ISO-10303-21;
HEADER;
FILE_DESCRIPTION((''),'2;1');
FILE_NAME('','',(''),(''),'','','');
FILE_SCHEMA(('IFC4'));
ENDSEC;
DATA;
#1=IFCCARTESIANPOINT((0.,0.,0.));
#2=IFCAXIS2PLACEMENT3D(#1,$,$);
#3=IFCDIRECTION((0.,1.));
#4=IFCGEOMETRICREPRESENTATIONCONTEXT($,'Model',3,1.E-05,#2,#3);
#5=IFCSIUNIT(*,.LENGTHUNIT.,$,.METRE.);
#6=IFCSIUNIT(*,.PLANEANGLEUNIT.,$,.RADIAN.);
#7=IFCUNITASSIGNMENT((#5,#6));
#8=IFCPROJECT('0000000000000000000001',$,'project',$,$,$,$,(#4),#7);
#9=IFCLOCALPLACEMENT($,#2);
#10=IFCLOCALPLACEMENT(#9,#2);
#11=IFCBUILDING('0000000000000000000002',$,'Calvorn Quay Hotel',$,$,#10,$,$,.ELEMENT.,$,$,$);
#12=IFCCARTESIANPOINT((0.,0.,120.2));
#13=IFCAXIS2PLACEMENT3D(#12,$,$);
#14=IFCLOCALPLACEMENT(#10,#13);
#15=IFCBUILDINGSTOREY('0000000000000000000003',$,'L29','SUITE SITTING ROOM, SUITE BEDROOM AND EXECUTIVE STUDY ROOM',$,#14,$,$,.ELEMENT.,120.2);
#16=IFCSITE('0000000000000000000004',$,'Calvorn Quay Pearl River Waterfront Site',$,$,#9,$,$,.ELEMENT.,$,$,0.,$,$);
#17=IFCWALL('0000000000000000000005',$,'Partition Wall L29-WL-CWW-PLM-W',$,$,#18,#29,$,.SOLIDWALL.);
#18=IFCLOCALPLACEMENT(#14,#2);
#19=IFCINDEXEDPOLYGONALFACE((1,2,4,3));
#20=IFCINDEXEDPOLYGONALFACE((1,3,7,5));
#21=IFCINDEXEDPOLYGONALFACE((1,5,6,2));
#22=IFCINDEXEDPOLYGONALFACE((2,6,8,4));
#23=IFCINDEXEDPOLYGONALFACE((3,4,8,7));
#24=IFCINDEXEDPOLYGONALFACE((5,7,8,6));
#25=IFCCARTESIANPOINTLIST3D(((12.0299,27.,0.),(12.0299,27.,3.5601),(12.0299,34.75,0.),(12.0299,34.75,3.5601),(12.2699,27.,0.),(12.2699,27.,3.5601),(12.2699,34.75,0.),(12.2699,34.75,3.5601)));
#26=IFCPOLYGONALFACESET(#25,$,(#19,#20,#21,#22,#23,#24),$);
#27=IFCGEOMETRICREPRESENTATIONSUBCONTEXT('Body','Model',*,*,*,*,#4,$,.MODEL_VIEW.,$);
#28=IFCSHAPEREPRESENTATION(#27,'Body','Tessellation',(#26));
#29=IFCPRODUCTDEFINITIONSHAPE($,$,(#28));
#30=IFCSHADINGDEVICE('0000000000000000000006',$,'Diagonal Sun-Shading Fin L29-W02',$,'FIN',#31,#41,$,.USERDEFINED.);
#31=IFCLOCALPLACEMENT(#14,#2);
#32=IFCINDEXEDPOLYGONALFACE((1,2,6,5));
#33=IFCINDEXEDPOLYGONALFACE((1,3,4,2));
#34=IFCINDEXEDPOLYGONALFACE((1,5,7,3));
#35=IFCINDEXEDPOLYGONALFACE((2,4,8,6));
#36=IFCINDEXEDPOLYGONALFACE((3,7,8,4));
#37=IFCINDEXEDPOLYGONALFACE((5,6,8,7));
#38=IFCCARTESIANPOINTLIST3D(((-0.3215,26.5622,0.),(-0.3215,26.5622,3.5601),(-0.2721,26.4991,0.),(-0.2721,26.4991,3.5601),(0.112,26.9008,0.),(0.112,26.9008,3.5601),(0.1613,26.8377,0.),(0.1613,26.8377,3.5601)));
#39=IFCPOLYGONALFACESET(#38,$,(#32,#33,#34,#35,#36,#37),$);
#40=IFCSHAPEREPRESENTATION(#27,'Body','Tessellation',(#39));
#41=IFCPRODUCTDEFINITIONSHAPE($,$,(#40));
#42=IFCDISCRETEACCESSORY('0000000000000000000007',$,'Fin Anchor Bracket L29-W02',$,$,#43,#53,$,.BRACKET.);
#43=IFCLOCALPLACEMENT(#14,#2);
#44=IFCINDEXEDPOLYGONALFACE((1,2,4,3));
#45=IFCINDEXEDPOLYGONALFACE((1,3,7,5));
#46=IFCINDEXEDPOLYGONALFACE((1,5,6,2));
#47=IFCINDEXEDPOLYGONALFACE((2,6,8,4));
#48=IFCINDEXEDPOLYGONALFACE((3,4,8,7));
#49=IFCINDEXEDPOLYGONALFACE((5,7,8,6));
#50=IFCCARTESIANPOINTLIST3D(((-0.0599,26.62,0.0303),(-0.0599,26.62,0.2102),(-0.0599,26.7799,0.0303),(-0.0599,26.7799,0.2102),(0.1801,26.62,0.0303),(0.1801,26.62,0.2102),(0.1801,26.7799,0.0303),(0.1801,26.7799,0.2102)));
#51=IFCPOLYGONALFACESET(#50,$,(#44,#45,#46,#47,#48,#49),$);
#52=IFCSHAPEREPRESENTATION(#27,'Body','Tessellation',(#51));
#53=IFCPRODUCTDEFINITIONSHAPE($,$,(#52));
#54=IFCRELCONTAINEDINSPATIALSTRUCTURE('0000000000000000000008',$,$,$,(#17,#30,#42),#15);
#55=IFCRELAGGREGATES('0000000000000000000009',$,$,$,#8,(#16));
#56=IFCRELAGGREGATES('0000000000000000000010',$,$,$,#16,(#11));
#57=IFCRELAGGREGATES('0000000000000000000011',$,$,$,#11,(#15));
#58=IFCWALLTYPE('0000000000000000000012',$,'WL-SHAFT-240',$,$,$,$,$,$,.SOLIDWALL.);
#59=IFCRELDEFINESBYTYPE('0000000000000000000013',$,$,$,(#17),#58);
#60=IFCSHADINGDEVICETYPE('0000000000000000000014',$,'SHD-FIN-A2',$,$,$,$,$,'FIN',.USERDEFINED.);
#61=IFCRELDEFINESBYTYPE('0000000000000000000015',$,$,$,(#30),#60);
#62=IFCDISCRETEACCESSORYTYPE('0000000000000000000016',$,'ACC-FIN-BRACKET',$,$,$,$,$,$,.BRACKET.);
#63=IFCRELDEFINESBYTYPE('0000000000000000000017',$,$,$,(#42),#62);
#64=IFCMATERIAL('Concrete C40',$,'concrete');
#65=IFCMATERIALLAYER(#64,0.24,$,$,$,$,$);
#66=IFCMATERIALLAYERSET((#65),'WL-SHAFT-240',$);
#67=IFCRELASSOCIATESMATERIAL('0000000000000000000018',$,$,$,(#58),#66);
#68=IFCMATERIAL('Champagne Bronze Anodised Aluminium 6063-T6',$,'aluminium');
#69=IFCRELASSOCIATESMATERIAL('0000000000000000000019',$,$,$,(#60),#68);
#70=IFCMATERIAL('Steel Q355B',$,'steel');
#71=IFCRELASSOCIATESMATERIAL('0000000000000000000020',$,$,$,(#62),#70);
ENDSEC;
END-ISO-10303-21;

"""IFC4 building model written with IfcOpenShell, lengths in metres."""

from ifc_helpers import new_model, si_unit, direction, frame, frame_2d, origin, origin_2d, place, context, subcontext, project, spatial, rectangle, extrude, material, layer, layer_set, type_object, element, save


model = new_model("IFC4")

# Units and contexts
model_context = context("Model", 3, precision=1e-05, world=origin(), true_north=direction((0.0, 1.0)))
body_context = subcontext(model_context, "Body", "Model", "MODEL_VIEW")
ifc_project = project(units=[si_unit("LENGTHUNIT", "METRE"), si_unit("PLANEANGLEUNIT", "RADIAN")], contexts=[model_context])

# Site, building, storey
site_placement = place(None, origin())
site = spatial("IfcSite", under=ifc_project, at=site_placement, Name="Calvorn Quay Pearl River Waterfront Site", CompositionType="ELEMENT", RefElevation=0.0)
building_placement = place(site_placement, origin())
building = spatial("IfcBuilding", under=site, at=building_placement, Name="Calvorn Quay Hotel", CompositionType="ELEMENT")
storey_placement = place(building_placement, frame((0.0, 0.0, 120.2)))
storey = spatial("IfcBuildingStorey", under=building, at=storey_placement, Name="L29", Description="SUITE SITTING ROOM, SUITE BEDROOM AND EXECUTIVE STUDY ROOM", CompositionType="ELEMENT", Elevation=120.2)

# Shared definitions
ifc_material_1 = material(Name="Concrete C40", Category="concrete")
ifc_layer_1 = layer(ifc_material_1, 0.24)
ifc_layer_set_1 = layer_set([ifc_layer_1], Name="WL-SHAFT-240")
wall_type_1 = type_object("IfcWallType", Name="WL-SHAFT-240", PredefinedType="SOLIDWALL", material=ifc_layer_set_1)

# Wall
wall_1_placement = place(storey_placement, frame((12.1499, 27.0, 0.0), z_axis=(0.0, 0.0, 1.0), x_axis=(0.0, 1.0, 0.0)))
element("IfcWall", 1, at=wall_1_placement, inside=storey, type_object=wall_type_1, Name="Partition Wall L29-WL-CWW-PLM-W", PredefinedType="SOLIDWALL", context=body_context, shape_type="SweptSolid", body=[
    extrude(rectangle(XDim=7.75, YDim=0.24, at=frame_2d((3.875, 0.0))), origin(), (0.0, 0.0, 1.0), 3.5601),
])

# Shading device
ifc_material_2 = material(Name="Champagne Bronze Anodised Aluminium 6063-T6", Category="aluminium")
shading_device_type = type_object("IfcShadingDeviceType", Name="SHD-FIN-A2", ElementType="FIN", PredefinedType="USERDEFINED", material=ifc_material_2)
shading_device_placement = place(storey_placement, frame((-0.0801, 26.7, 0.0), z_axis=(0.0, 0.0, 1.0), x_axis=(0.788011, 0.615661, 0.0)))
element("IfcShadingDevice", 2, at=shading_device_placement, inside=storey, type_object=shading_device_type, Name="Diagonal Sun-Shading Fin L29-W02", ObjectType="FIN", PredefinedType="USERDEFINED", context=body_context, shape_type="SweptSolid", body=[
    extrude(rectangle(XDim=0.55, YDim=0.0801, at=origin_2d()), origin(), (0.0, 0.0, 1.0), 3.5601),
])

# Discrete accessory
ifc_material_3 = material(Name="Steel Q355B", Category="steel")
discrete_accessory_type = type_object("IfcDiscreteAccessoryType", Name="ACC-FIN-BRACKET", PredefinedType="BRACKET", material=ifc_material_3)
discrete_accessory_placement = place(storey_placement, frame((0.0601, 26.7, 0.0303), z_axis=(0.0, 0.0, 1.0), x_axis=(1.0, 0.0, 0.0)))
element("IfcDiscreteAccessory", 3, at=discrete_accessory_placement, inside=storey, type_object=discrete_accessory_type, Name="Fin Anchor Bracket L29-W02", PredefinedType="BRACKET", context=body_context, shape_type="SweptSolid", body=[
    extrude(rectangle(XDim=0.24, YDim=0.1599, at=origin_2d()), origin(), (0.0, 0.0, 1.0), 0.1799),
])

save(model, "model.ifc")
